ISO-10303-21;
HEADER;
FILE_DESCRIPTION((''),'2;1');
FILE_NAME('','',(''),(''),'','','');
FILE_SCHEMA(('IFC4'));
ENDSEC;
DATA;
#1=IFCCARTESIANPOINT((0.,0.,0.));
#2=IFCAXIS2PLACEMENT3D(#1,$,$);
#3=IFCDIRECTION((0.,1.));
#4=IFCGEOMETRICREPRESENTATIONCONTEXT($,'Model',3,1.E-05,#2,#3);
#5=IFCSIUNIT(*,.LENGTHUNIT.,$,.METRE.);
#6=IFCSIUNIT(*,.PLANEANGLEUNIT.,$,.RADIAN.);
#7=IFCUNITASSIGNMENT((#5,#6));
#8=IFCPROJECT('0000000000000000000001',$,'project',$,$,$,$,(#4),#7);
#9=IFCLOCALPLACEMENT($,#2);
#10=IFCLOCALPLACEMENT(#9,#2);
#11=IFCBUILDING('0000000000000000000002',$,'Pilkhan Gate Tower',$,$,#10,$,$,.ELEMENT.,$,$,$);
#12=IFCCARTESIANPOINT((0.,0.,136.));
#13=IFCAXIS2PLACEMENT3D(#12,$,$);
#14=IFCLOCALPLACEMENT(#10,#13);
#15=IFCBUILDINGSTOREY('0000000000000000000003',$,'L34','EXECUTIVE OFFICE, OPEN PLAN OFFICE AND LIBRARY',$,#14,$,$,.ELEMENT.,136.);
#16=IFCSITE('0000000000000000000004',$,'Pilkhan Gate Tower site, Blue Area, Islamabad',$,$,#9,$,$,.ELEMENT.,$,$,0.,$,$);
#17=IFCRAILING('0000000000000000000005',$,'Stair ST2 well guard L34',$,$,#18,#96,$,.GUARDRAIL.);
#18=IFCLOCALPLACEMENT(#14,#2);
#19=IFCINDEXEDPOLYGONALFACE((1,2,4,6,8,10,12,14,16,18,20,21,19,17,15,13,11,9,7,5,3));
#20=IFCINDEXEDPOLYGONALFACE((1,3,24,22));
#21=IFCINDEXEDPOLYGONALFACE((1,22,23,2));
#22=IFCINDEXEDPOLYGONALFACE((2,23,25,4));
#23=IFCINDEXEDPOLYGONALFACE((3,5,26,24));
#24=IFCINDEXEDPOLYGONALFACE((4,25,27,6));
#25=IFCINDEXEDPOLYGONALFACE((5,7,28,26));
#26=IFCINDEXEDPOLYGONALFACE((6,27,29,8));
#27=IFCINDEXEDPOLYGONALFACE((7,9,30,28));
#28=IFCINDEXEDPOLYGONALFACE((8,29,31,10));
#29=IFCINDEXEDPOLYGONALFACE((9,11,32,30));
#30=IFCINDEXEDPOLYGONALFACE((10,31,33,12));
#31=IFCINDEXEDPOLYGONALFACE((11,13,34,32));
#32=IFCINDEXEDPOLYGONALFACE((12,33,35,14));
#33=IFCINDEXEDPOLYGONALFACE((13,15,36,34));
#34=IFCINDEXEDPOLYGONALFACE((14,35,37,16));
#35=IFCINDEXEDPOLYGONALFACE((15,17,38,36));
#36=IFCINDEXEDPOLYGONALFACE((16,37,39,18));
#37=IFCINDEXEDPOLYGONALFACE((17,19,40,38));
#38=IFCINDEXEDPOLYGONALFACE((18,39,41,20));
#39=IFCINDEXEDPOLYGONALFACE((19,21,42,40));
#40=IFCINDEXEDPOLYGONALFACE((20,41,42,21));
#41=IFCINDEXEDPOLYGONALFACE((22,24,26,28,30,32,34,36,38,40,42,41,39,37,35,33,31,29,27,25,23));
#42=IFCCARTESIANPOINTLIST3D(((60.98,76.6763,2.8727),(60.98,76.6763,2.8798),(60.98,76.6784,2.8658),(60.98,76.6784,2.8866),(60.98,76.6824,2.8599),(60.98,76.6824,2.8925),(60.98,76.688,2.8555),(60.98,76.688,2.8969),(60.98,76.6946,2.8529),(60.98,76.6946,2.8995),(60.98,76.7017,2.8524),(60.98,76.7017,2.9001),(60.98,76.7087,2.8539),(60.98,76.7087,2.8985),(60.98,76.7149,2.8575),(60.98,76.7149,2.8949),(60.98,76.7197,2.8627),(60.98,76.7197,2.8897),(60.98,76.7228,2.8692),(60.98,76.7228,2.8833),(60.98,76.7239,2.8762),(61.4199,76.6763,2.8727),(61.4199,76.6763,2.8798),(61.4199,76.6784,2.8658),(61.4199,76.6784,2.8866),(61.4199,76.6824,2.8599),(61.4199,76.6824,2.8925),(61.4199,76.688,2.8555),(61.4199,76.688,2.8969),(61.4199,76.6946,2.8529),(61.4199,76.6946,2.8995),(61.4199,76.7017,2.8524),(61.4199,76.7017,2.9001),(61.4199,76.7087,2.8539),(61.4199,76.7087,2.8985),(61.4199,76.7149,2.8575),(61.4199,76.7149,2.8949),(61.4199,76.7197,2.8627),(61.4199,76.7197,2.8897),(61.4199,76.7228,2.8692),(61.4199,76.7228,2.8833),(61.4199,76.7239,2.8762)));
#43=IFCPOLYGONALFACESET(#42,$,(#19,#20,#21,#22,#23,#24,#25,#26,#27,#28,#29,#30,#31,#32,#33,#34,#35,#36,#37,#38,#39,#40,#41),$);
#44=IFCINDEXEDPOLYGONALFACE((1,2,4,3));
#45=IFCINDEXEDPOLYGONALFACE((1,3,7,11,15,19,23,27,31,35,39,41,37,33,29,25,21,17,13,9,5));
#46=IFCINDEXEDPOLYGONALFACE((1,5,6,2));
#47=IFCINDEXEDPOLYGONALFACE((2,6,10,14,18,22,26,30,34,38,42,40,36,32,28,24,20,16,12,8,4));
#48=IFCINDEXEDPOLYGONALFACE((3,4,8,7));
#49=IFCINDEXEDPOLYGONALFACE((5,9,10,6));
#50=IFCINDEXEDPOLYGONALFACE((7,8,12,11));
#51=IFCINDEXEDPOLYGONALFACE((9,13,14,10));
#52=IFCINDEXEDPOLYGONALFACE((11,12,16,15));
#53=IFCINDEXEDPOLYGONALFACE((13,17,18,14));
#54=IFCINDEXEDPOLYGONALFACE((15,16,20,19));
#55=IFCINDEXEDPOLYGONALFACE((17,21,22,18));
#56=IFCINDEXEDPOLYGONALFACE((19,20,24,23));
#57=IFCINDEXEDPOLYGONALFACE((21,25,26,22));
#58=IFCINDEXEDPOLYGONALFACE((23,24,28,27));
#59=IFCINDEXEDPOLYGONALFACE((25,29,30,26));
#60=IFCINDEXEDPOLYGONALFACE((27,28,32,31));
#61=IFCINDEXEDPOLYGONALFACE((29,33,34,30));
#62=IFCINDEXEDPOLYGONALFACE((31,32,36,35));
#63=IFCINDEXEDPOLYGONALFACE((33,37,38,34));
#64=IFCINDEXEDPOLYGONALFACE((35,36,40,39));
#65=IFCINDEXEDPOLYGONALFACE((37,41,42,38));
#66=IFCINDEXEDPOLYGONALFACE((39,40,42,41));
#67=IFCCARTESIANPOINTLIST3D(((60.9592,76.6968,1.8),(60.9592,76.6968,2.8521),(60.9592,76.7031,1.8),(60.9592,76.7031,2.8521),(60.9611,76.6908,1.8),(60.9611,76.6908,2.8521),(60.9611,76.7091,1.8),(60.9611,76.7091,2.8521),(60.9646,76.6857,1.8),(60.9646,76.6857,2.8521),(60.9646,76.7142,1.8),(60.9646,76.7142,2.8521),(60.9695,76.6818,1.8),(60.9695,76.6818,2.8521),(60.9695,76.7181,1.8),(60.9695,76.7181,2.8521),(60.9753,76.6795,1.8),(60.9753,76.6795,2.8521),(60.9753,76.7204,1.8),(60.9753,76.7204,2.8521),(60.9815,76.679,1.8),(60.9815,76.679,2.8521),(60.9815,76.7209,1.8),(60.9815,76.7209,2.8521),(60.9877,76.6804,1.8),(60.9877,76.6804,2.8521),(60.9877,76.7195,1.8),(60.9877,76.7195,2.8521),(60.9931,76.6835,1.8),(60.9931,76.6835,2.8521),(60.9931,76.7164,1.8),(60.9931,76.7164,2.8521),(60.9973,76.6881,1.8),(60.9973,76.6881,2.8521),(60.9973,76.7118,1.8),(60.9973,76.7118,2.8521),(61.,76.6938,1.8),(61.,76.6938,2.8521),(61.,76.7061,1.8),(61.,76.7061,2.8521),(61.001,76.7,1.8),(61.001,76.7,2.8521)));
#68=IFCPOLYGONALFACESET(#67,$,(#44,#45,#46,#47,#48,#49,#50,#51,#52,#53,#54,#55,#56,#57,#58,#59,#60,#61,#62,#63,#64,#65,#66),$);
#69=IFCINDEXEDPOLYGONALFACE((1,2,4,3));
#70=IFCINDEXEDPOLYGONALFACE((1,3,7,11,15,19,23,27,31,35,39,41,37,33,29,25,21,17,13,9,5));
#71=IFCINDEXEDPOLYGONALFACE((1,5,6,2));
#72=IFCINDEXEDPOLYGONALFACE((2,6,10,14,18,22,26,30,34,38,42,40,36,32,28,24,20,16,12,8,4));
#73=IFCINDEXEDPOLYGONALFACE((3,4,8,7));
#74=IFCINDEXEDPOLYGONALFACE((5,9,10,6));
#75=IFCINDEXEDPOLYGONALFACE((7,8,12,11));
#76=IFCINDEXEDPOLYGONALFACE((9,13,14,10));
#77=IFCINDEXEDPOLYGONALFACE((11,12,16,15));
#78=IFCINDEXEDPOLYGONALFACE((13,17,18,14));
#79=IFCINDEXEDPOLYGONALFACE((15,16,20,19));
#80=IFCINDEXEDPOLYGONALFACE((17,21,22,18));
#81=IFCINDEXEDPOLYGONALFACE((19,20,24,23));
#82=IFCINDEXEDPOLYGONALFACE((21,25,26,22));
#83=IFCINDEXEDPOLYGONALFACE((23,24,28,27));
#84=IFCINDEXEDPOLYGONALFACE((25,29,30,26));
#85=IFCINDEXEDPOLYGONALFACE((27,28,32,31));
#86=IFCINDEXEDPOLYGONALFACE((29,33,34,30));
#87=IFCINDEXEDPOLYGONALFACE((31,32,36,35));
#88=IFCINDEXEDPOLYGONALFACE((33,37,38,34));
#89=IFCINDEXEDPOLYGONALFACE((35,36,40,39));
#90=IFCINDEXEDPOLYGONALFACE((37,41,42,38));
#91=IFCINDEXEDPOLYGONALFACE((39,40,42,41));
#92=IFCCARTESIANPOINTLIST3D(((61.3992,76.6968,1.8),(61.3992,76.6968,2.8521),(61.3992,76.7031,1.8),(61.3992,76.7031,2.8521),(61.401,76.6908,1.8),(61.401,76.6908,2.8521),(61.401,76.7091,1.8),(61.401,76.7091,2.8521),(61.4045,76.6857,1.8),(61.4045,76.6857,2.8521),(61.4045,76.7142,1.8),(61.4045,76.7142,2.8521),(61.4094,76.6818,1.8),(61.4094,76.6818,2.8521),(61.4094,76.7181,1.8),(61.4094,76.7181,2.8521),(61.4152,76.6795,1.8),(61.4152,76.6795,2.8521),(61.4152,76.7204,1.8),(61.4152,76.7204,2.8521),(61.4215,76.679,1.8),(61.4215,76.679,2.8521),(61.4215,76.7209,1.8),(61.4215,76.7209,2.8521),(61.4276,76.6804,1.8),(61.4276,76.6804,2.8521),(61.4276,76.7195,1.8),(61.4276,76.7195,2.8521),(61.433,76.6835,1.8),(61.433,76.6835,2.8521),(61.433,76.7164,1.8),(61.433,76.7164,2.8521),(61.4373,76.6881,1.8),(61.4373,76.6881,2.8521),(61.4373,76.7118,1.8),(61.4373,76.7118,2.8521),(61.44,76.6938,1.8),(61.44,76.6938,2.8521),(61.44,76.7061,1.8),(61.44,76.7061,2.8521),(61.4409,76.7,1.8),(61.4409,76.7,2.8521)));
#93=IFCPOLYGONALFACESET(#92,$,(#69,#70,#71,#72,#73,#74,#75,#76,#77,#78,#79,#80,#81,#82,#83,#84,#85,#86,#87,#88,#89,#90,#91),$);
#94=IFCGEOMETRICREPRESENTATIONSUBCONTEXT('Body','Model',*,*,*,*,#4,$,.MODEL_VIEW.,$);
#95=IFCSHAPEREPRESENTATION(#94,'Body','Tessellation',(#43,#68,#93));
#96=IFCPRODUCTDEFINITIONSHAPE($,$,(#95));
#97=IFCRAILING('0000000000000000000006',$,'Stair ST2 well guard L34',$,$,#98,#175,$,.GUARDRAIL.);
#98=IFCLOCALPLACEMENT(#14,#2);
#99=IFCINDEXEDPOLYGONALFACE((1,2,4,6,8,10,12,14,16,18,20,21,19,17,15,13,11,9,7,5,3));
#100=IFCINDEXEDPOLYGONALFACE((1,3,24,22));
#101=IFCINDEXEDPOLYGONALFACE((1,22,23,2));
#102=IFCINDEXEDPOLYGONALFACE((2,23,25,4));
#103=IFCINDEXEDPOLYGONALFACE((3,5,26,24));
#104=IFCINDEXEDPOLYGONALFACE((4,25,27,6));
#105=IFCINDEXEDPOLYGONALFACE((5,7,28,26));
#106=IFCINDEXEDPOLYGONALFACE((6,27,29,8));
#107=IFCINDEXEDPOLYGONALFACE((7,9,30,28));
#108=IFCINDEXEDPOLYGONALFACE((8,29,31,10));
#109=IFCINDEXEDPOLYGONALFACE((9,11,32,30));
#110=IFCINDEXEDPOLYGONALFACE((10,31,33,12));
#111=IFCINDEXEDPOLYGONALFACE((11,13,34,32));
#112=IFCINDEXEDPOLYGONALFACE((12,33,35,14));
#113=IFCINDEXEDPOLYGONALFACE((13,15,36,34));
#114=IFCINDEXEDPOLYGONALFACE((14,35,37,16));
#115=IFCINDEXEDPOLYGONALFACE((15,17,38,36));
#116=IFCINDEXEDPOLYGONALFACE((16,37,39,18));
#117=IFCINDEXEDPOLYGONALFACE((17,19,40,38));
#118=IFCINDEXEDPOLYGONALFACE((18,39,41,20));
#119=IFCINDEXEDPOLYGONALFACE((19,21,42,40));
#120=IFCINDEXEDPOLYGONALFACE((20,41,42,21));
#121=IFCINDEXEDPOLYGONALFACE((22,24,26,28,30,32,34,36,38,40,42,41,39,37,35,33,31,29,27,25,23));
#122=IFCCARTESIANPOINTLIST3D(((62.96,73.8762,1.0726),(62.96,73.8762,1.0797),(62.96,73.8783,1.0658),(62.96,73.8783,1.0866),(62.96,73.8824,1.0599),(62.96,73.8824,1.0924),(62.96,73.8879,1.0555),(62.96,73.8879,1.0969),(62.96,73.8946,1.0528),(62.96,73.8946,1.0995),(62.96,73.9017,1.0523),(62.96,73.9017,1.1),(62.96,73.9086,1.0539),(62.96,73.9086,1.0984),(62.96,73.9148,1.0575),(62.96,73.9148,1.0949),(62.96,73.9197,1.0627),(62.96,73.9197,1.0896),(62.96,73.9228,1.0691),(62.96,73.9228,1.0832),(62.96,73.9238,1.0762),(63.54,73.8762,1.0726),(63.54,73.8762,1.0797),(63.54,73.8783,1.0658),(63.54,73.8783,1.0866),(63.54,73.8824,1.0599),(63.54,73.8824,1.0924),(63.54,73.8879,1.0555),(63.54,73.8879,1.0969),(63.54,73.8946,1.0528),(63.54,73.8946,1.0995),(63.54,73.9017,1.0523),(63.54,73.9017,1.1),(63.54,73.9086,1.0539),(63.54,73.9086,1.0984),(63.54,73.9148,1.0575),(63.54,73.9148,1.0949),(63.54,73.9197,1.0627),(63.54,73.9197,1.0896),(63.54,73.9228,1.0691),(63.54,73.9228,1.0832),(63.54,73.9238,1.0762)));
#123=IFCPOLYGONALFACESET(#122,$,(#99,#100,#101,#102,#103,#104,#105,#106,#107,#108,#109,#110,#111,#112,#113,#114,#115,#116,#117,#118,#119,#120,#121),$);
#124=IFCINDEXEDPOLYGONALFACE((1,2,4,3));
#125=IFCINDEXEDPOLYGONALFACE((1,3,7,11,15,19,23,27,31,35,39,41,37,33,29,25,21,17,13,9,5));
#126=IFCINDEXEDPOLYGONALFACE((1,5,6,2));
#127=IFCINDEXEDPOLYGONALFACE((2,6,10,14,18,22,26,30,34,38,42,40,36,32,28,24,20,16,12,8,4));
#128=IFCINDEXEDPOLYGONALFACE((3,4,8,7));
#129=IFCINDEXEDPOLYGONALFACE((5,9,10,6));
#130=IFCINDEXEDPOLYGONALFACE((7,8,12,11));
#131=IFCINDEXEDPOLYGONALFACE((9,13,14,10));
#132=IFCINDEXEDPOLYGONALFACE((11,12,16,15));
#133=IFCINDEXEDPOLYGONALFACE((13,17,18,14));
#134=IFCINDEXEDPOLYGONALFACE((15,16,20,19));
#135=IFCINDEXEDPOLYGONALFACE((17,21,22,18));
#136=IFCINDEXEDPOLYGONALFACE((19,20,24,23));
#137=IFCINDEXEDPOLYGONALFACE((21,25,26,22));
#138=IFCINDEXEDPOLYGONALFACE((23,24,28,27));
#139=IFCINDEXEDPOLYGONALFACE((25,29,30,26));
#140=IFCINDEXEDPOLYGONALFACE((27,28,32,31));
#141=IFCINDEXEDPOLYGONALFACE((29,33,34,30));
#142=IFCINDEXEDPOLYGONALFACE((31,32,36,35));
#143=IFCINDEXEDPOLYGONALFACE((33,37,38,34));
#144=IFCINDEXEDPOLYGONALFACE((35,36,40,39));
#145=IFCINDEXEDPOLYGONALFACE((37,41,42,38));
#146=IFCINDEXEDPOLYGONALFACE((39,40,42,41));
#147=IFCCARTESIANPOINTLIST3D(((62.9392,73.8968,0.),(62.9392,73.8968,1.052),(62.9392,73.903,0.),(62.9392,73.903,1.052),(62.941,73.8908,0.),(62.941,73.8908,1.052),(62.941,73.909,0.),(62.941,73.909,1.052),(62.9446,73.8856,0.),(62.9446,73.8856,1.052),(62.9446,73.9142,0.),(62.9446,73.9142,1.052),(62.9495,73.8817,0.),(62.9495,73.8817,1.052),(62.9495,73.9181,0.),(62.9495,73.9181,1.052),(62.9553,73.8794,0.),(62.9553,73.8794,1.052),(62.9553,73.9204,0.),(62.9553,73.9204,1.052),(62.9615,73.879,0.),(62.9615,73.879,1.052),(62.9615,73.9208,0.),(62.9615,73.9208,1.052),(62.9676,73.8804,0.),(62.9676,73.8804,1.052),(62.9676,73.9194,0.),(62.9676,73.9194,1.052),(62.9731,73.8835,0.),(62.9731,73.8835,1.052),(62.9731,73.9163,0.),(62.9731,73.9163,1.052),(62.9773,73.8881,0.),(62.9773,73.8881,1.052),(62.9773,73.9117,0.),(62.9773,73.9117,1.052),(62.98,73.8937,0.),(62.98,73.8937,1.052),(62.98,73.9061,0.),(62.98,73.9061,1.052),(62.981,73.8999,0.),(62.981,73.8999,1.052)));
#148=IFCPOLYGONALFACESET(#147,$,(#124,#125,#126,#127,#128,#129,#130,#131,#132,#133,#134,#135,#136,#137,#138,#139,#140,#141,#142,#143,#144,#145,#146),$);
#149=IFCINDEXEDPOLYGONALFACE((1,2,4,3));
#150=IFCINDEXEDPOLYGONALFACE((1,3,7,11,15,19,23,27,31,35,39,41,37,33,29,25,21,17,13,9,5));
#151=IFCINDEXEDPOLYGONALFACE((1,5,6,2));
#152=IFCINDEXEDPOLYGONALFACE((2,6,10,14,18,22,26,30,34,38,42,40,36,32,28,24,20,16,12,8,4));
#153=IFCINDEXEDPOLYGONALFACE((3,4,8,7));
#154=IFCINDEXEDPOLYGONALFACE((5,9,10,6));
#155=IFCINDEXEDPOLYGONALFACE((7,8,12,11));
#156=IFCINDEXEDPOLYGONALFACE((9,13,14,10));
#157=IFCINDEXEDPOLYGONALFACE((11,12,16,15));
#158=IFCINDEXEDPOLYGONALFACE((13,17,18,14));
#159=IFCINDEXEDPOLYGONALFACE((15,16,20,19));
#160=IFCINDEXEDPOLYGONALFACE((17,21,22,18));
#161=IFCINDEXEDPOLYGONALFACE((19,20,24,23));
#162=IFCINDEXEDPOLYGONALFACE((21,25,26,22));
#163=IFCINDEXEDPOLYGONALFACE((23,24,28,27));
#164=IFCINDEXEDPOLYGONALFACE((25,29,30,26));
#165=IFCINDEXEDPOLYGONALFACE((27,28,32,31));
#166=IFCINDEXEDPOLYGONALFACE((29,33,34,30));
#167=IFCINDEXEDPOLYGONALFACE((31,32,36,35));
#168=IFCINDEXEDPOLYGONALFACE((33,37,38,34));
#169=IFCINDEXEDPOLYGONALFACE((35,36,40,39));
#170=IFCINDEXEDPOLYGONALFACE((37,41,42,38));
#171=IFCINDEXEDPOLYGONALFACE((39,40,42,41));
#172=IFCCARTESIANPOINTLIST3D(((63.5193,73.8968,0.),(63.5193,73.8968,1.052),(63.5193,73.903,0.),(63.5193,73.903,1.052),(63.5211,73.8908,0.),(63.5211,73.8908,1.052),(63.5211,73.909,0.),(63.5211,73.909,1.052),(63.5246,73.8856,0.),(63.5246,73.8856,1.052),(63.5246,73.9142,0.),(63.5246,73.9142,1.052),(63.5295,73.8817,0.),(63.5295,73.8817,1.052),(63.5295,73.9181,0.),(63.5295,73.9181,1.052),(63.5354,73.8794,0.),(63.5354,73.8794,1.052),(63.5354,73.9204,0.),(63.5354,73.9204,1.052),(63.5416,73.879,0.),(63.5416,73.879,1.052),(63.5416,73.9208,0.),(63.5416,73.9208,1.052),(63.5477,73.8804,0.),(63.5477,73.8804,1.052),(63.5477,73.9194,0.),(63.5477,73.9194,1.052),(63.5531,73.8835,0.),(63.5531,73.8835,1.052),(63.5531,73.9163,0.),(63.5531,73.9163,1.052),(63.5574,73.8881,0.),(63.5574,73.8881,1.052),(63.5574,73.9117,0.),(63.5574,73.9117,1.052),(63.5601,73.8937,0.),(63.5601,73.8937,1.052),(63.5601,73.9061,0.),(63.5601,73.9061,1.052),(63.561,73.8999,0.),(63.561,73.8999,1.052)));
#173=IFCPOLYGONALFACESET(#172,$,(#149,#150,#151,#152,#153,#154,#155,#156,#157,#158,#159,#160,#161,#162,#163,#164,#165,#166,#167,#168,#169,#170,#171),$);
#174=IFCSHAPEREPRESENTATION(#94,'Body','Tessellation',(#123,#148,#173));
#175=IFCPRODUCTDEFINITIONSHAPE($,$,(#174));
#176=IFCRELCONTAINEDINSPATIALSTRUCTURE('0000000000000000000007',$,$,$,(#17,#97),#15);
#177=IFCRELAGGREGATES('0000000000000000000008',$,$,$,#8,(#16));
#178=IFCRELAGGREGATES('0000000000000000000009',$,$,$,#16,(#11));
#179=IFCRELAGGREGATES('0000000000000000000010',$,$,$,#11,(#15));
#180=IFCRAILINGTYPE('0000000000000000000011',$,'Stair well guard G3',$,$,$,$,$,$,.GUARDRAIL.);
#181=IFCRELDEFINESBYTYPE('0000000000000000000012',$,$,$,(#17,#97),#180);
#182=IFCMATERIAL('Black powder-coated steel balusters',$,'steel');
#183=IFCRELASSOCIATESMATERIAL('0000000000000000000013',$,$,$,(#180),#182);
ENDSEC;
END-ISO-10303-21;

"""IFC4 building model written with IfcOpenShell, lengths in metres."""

from ifc_helpers import new_model, si_unit, direction, frame, origin, origin_2d, place, context, subcontext, project, spatial, circle, extrude, material, type_object, element, save


model = new_model("IFC4")

# Units and contexts
model_context = context("Model", 3, precision=1e-05, world=origin(), true_north=direction((0.0, 1.0)))
body_context = subcontext(model_context, "Body", "Model", "MODEL_VIEW")
ifc_project = project(units=[si_unit("LENGTHUNIT", "METRE"), si_unit("PLANEANGLEUNIT", "RADIAN")], contexts=[model_context])

# Site, building, storey
site_placement = place(None, origin())
site = spatial("IfcSite", under=ifc_project, at=site_placement, Name="Pilkhan Gate Tower site, Blue Area, Islamabad", CompositionType="ELEMENT", RefElevation=0.0)
building_placement = place(site_placement, origin())
building = spatial("IfcBuilding", under=site, at=building_placement, Name="Pilkhan Gate Tower", CompositionType="ELEMENT")
storey_placement = place(building_placement, frame((0.0, 0.0, 136.0)))
storey = spatial("IfcBuildingStorey", under=building, at=storey_placement, Name="L34", Description="EXECUTIVE OFFICE, OPEN PLAN OFFICE AND LIBRARY", CompositionType="ELEMENT", Elevation=136.0)

# Railings
ifc_material_1 = material(Name="Black powder-coated steel balusters", Category="steel")
railing_type_1 = type_object("IfcRailingType", Name="Stair well guard G3", PredefinedType="GUARDRAIL", material=ifc_material_1)
railing_1_placement = place(storey_placement, frame((60.98, 76.7, 1.8)))
element("IfcRailing", 1, at=railing_1_placement, inside=storey, type_object=railing_type_1, Name="Stair ST2 well guard L34", PredefinedType="GUARDRAIL", context=body_context, shape_type="SweptSolid", body=[
    extrude(circle(Radius=0.0239, at=origin_2d()), frame((0.0, 0.0, 1.0762), z_axis=(1.0, 0.0, 0.0), x_axis=(0.0, 1.0, 0.0)), (0.0, 0.0, 1.0), 0.4399),
    extrude(circle(Radius=0.021, at=origin_2d()), origin(), (0.0, 0.0, 1.0), 1.052),
    extrude(circle(Radius=0.021, at=origin_2d()), frame((0.4399, 0.0, 0.0)), (0.0, 0.0, 1.0), 1.052),
])
for number, where, name in (
    (2, (62.96, 73.8999, 0.0), "Stair ST2 well guard L34"),
):
    element("IfcRailing", number, at=place(storey_placement, frame(where)), inside=storey, type_object=railing_type_1, Name=name, PredefinedType="GUARDRAIL", context=body_context, shape_type="SweptSolid", body=[
        extrude(circle(Radius=0.0239, at=origin_2d()), frame((0.0, 0.0, 1.0762), z_axis=(1.0, 0.0, 0.0), x_axis=(0.0, 1.0, 0.0)), (0.0, 0.0, 1.0), 0.5801),
        extrude(circle(Radius=0.021, at=origin_2d()), origin(), (0.0, 0.0, 1.0), 1.052),
        extrude(circle(Radius=0.021, at=origin_2d()), frame((0.5801, 0.0, 0.0)), (0.0, 0.0, 1.0), 1.052),
    ])

save(model, "model.ifc")
